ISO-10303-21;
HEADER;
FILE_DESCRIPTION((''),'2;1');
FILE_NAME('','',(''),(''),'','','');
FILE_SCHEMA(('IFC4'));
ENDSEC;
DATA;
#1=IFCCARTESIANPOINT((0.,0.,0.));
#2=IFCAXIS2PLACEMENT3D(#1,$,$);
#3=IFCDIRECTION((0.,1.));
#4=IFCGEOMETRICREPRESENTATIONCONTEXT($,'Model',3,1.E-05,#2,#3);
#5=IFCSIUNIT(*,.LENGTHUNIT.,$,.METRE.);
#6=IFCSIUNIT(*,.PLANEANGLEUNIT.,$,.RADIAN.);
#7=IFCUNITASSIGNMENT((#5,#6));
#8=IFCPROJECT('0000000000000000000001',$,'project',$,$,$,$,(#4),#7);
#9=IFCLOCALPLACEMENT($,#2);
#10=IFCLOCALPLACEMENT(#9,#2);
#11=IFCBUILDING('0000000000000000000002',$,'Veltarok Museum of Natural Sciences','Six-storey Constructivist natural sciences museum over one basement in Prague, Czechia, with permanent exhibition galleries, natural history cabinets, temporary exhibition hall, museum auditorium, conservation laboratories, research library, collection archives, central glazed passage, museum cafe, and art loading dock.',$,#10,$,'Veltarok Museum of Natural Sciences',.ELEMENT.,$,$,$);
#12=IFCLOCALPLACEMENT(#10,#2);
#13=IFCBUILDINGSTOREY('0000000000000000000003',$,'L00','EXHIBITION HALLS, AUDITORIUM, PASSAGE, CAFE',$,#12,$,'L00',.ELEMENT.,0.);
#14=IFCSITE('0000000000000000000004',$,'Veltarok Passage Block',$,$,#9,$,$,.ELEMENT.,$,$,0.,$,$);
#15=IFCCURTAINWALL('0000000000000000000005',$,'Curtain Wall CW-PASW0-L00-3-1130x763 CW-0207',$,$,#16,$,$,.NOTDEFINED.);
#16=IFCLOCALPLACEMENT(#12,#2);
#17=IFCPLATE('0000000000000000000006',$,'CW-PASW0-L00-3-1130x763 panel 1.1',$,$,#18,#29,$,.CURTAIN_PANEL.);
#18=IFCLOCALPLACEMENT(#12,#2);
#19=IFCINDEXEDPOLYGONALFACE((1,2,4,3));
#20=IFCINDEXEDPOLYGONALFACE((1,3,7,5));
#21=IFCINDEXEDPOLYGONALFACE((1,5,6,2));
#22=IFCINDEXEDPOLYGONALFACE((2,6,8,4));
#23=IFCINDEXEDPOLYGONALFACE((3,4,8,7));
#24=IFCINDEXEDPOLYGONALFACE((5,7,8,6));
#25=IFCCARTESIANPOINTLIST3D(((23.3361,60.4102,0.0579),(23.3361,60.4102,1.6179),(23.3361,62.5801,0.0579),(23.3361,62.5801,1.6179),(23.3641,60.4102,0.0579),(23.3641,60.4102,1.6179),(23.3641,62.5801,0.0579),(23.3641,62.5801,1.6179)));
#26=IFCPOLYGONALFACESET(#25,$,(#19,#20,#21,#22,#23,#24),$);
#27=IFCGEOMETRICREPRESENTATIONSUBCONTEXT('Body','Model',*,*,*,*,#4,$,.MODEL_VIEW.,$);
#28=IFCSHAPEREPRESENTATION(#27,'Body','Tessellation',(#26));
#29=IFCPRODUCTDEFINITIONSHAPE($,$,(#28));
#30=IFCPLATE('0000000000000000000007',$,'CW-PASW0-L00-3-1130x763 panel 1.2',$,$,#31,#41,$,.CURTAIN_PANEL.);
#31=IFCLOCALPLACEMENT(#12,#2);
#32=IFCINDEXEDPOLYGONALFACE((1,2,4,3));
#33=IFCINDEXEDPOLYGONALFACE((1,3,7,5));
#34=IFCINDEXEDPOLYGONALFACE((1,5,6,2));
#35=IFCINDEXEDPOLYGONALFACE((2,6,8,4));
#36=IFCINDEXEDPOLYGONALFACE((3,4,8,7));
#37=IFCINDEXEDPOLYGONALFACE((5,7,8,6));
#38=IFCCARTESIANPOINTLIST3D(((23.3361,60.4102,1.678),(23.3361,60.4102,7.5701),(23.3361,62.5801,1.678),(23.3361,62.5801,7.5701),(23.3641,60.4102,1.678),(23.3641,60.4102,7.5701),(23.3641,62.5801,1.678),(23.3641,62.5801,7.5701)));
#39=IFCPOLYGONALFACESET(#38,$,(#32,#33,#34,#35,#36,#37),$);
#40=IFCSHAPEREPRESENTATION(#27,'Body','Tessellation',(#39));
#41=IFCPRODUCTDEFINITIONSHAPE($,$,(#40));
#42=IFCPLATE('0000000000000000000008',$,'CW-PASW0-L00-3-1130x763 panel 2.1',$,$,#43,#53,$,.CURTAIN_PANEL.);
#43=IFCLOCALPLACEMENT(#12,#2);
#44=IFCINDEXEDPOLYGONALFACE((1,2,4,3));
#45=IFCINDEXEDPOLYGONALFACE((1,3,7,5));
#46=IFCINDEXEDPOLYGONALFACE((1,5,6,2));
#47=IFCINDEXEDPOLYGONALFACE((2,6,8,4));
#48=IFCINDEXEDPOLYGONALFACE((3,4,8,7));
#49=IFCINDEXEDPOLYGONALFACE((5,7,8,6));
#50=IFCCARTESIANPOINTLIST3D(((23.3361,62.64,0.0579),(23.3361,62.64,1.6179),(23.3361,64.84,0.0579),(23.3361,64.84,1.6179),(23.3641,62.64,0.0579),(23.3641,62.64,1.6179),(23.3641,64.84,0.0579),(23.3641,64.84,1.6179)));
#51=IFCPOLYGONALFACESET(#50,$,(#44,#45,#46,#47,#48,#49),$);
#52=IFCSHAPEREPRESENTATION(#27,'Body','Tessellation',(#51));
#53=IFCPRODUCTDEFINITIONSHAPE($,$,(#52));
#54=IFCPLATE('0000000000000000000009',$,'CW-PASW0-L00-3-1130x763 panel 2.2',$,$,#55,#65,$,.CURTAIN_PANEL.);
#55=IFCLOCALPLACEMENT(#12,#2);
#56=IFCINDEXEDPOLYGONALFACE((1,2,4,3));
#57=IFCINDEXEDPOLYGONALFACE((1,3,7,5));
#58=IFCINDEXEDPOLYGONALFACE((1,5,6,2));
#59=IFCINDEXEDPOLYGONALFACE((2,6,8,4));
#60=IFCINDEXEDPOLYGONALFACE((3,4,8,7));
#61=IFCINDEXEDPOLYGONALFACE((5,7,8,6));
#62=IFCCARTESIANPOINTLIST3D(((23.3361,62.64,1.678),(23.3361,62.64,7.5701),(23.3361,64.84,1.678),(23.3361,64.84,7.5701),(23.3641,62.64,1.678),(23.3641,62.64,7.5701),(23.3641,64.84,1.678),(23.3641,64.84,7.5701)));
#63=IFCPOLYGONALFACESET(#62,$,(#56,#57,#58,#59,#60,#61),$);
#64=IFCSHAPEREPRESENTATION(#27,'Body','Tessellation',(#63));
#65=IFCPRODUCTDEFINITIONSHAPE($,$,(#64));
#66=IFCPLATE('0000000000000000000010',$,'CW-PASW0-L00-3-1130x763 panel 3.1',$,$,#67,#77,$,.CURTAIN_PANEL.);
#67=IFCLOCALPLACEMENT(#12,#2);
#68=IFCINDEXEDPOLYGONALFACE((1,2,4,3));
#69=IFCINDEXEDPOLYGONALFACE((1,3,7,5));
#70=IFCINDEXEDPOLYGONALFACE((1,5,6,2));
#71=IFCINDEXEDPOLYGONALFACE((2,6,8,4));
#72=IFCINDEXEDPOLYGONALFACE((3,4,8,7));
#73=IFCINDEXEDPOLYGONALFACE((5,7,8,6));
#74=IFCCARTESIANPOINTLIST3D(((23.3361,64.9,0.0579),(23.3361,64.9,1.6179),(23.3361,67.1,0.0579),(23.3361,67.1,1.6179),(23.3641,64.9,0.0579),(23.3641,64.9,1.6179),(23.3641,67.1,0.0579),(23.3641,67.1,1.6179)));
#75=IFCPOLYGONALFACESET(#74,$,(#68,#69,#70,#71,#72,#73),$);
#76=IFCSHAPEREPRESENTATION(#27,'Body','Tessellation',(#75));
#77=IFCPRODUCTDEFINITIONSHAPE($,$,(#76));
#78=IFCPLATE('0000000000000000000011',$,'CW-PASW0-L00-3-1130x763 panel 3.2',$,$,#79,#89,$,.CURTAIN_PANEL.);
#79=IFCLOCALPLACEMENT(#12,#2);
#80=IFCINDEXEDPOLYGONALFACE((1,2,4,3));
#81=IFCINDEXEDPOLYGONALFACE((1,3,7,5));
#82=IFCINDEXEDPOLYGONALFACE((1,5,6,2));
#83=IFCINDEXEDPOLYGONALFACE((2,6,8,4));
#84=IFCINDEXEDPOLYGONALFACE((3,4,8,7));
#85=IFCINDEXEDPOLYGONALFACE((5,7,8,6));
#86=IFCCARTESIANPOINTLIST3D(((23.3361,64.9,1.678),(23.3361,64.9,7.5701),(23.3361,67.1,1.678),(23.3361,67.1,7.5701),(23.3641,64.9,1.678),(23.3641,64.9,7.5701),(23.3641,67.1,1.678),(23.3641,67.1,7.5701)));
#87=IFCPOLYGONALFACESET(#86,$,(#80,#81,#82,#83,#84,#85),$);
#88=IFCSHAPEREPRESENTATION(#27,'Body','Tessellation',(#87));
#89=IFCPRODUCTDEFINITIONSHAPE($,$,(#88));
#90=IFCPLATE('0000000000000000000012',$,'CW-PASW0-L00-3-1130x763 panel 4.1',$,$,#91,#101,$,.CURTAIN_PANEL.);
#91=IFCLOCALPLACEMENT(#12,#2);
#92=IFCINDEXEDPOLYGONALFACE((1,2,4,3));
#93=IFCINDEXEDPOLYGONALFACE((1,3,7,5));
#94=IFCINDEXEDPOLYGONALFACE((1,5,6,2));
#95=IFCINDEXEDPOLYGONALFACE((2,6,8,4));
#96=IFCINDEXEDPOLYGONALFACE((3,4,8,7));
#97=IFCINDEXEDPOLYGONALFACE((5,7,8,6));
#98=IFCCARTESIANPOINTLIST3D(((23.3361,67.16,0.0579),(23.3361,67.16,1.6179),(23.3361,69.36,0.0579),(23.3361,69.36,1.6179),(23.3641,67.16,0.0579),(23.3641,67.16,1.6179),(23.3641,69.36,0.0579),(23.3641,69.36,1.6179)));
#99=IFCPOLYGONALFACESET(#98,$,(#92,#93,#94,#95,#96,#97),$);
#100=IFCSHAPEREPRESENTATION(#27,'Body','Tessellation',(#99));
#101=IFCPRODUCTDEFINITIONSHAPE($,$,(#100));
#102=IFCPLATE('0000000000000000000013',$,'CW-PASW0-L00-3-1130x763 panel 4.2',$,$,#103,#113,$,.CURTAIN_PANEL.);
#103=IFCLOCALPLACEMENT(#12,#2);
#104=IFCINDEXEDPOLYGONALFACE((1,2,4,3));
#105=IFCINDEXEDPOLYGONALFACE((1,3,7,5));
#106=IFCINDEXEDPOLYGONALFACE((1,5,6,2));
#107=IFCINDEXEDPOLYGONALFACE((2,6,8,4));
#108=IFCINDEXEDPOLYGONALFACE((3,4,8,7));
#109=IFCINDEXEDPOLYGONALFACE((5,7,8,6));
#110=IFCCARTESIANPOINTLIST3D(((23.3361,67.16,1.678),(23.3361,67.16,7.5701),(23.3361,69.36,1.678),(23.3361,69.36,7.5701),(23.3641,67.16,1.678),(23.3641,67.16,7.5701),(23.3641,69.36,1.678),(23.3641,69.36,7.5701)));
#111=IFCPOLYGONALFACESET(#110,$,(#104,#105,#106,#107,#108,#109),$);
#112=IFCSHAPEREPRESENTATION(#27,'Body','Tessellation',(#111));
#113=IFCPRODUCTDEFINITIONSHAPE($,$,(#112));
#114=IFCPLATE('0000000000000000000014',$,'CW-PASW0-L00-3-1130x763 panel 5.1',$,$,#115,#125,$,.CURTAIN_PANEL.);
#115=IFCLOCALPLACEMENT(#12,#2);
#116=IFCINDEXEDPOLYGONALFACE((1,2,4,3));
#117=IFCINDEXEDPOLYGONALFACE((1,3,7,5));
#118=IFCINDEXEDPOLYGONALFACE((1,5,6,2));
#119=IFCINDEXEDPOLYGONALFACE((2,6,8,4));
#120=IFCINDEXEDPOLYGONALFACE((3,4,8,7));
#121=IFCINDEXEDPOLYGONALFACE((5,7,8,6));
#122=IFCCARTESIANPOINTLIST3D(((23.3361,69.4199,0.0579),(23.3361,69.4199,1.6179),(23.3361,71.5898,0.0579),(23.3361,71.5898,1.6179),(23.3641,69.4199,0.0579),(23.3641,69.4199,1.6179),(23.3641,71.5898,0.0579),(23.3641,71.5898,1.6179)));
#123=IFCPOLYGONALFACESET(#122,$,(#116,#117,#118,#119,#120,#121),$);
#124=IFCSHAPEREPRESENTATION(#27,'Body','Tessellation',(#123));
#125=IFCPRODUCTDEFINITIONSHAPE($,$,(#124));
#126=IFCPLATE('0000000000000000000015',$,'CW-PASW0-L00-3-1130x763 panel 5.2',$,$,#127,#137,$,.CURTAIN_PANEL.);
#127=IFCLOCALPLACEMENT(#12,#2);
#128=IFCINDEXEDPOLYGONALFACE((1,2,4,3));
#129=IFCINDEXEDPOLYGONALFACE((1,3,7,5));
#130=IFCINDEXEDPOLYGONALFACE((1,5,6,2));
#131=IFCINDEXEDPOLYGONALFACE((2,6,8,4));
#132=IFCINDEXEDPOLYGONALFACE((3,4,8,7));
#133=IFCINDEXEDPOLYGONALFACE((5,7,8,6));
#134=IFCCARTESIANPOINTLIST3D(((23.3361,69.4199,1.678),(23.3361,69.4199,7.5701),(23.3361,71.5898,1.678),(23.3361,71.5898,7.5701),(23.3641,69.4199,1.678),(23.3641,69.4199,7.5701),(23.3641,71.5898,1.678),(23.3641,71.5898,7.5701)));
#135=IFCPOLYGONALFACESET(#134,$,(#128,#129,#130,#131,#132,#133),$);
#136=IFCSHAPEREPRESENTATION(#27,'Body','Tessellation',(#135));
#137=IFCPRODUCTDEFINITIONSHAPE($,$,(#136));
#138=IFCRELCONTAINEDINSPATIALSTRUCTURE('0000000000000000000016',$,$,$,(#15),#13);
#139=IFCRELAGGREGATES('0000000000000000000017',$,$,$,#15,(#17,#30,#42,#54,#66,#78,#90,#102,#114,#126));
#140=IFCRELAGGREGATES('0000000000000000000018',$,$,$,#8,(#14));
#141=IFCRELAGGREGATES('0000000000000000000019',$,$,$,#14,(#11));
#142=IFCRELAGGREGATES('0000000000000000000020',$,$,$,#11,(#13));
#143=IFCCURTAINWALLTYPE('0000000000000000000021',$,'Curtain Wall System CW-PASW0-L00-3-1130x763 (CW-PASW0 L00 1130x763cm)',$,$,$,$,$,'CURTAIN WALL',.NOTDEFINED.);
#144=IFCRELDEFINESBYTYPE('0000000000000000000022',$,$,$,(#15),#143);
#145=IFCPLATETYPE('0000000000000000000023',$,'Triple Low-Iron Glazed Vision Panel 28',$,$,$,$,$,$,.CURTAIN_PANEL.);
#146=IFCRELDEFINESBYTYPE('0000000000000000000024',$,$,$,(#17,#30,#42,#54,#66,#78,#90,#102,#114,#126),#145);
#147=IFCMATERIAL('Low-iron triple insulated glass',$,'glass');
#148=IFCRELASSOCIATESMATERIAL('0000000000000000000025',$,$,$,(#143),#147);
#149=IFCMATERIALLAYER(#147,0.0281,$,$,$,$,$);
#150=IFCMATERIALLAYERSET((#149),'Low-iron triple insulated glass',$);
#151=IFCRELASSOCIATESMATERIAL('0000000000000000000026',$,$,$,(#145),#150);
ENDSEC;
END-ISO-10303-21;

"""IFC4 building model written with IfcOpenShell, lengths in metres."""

from ifc_helpers import new_model, si_unit, direction, frame, origin, origin_2d, place, context, subcontext, project, spatial, rectangle, extrude, material, layer, layer_set, type_object, element, aggregate, save


model = new_model("IFC4")

# Units and contexts
model_context = context("Model", 3, precision=1e-05, world=origin(), true_north=direction((0.0, 1.0)))
body_context = subcontext(model_context, "Body", "Model", "MODEL_VIEW")
ifc_project = project(units=[si_unit("LENGTHUNIT", "METRE"), si_unit("PLANEANGLEUNIT", "RADIAN")], contexts=[model_context])

# Site, building, storey
site_placement = place(None, origin())
site = spatial("IfcSite", under=ifc_project, at=site_placement, Name="Veltarok Passage Block", CompositionType="ELEMENT", RefElevation=0.0)
building_placement = place(site_placement, origin())
building = spatial("IfcBuilding", under=site, at=building_placement, Name="Veltarok Museum of Natural Sciences", Description="Six-storey Constructivist natural sciences museum over one basement in Prague, Czechia, with permanent exhibition galleries, natural history cabinets, temporary exhibition hall, museum auditorium, conservation laboratories, research library, collection archives, central glazed passage, museum cafe, and art loading dock.", LongName="Veltarok Museum of Natural Sciences", CompositionType="ELEMENT")
storey_placement = place(building_placement, origin())
storey = spatial("IfcBuildingStorey", under=building, at=storey_placement, Name="L00", Description="EXHIBITION HALLS, AUDITORIUM, PASSAGE, CAFE", LongName="L00", CompositionType="ELEMENT", Elevation=0.0)

# Curtain wall
ifc_material_1 = material(Name="Low-iron triple insulated glass", Category="glass")
curtain_wall_type_1 = type_object("IfcCurtainWallType", Name="Curtain Wall System CW-PASW0-L00-3-1130x763 (CW-PASW0 L00 1130x763cm)", ElementType="CURTAIN WALL", PredefinedType="NOTDEFINED", material=ifc_material_1)
curtain_wall_1_placement = place(storey_placement, origin())
curtain_wall_1 = element("IfcCurtainWall", 1, at=curtain_wall_1_placement, inside=storey, type_object=curtain_wall_type_1, Name="Curtain Wall CW-PASW0-L00-3-1130x763 CW-0207", PredefinedType="NOTDEFINED")

# Plates
ifc_layer = layer(ifc_material_1, 0.0281)
ifc_layer_set = layer_set([ifc_layer], Name="Low-iron triple insulated glass")
plate_type = type_object("IfcPlateType", Name="Triple Low-Iron Glazed Vision Panel 28", PredefinedType="CURTAIN_PANEL", material=ifc_layer_set)
plate_1_placement = place(storey_placement, frame((23.3501, 61.4951, 0.0579), z_axis=(0.0, 0.0, 1.0), x_axis=(0.0, 1.0, 0.0)))
plate_1 = element("IfcPlate", 2, at=plate_1_placement, type_object=plate_type, Name="CW-PASW0-L00-3-1130x763 panel 1.1", PredefinedType="CURTAIN_PANEL", context=body_context, shape_type="SweptSolid", body=[
    extrude(rectangle(XDim=2.1699, YDim=0.0281, at=origin_2d()), origin(), (0.0, 0.0, 1.0), 1.5601),
])
plate_2_placement = place(storey_placement, frame((23.3501, 61.4951, 1.678), z_axis=(0.0, 0.0, 1.0), x_axis=(0.0, 1.0, 0.0)))
plate_2 = element("IfcPlate", 3, at=plate_2_placement, type_object=plate_type, Name="CW-PASW0-L00-3-1130x763 panel 1.2", PredefinedType="CURTAIN_PANEL", context=body_context, shape_type="SweptSolid", body=[
    extrude(rectangle(XDim=2.1699, YDim=0.0281, at=origin_2d()), origin(), (0.0, 0.0, 1.0), 5.8921),
])
plate_3_placement = place(storey_placement, frame((23.3501, 63.74, 0.0579), z_axis=(0.0, 0.0, 1.0), x_axis=(0.0, 1.0, 0.0)))
plate_3 = element("IfcPlate", 4, at=plate_3_placement, type_object=plate_type, Name="CW-PASW0-L00-3-1130x763 panel 2.1", PredefinedType="CURTAIN_PANEL", context=body_context, shape_type="SweptSolid", body=[
    extrude(rectangle(XDim=2.2, YDim=0.0281, at=origin_2d()), origin(), (0.0, 0.0, 1.0), 1.5601),
])
plate_4_placement = place(storey_placement, frame((23.3501, 63.74, 1.678), z_axis=(0.0, 0.0, 1.0), x_axis=(0.0, 1.0, 0.0)))
plate_4 = element("IfcPlate", 5, at=plate_4_placement, type_object=plate_type, Name="CW-PASW0-L00-3-1130x763 panel 2.2", PredefinedType="CURTAIN_PANEL", context=body_context, shape_type="SweptSolid", body=[
    extrude(rectangle(XDim=2.2, YDim=0.0281, at=origin_2d()), origin(), (0.0, 0.0, 1.0), 5.8921),
])
plate_5_placement = place(storey_placement, frame((23.3501, 66.0, 0.0579), z_axis=(0.0, 0.0, 1.0), x_axis=(0.0, 1.0, 0.0)))
plate_5 = element("IfcPlate", 6, at=plate_5_placement, type_object=plate_type, Name="CW-PASW0-L00-3-1130x763 panel 3.1", PredefinedType="CURTAIN_PANEL", context=body_context, shape_type="SweptSolid", body=[
    extrude(rectangle(XDim=2.2, YDim=0.0281, at=origin_2d()), origin(), (0.0, 0.0, 1.0), 1.5601),
])
plate_6_placement = place(storey_placement, frame((23.3501, 66.0, 1.678), z_axis=(0.0, 0.0, 1.0), x_axis=(0.0, 1.0, 0.0)))
plate_6 = element("IfcPlate", 7, at=plate_6_placement, type_object=plate_type, Name="CW-PASW0-L00-3-1130x763 panel 3.2", PredefinedType="CURTAIN_PANEL", context=body_context, shape_type="SweptSolid", body=[
    extrude(rectangle(XDim=2.2, YDim=0.0281, at=origin_2d()), origin(), (0.0, 0.0, 1.0), 5.8921),
])
plate_7_placement = place(storey_placement, frame((23.3501, 68.26, 0.0579), z_axis=(0.0, 0.0, 1.0), x_axis=(0.0, 1.0, 0.0)))
plate_7 = element("IfcPlate", 8, at=plate_7_placement, type_object=plate_type, Name="CW-PASW0-L00-3-1130x763 panel 4.1", PredefinedType="CURTAIN_PANEL", context=body_context, shape_type="SweptSolid", body=[
    extrude(rectangle(XDim=2.2, YDim=0.0281, at=origin_2d()), origin(), (0.0, 0.0, 1.0), 1.5601),
])
plate_8_placement = place(storey_placement, frame((23.3501, 68.26, 1.678), z_axis=(0.0, 0.0, 1.0), x_axis=(0.0, 1.0, 0.0)))
plate_8 = element("IfcPlate", 9, at=plate_8_placement, type_object=plate_type, Name="CW-PASW0-L00-3-1130x763 panel 4.2", PredefinedType="CURTAIN_PANEL", context=body_context, shape_type="SweptSolid", body=[
    extrude(rectangle(XDim=2.2, YDim=0.0281, at=origin_2d()), origin(), (0.0, 0.0, 1.0), 5.8921),
])
plate_9_placement = place(storey_placement, frame((23.3501, 70.5049, 0.0579), z_axis=(0.0, 0.0, 1.0), x_axis=(0.0, 1.0, 0.0)))
plate_9 = element("IfcPlate", 10, at=plate_9_placement, type_object=plate_type, Name="CW-PASW0-L00-3-1130x763 panel 5.1", PredefinedType="CURTAIN_PANEL", context=body_context, shape_type="SweptSolid", body=[
    extrude(rectangle(XDim=2.1699, YDim=0.0281, at=origin_2d()), origin(), (0.0, 0.0, 1.0), 1.5601),
])
plate_10_placement = place(storey_placement, frame((23.3501, 70.5049, 1.678), z_axis=(0.0, 0.0, 1.0), x_axis=(0.0, 1.0, 0.0)))
plate_10 = element("IfcPlate", 11, at=plate_10_placement, type_object=plate_type, Name="CW-PASW0-L00-3-1130x763 panel 5.2", PredefinedType="CURTAIN_PANEL", context=body_context, shape_type="SweptSolid", body=[
    extrude(rectangle(XDim=2.1699, YDim=0.0281, at=origin_2d()), origin(), (0.0, 0.0, 1.0), 5.8921),
])
aggregate(curtain_wall_1, [plate_1, plate_2, plate_3, plate_4, plate_5, plate_6, plate_7, plate_8, plate_9, plate_10])

save(model, "model.ifc")
